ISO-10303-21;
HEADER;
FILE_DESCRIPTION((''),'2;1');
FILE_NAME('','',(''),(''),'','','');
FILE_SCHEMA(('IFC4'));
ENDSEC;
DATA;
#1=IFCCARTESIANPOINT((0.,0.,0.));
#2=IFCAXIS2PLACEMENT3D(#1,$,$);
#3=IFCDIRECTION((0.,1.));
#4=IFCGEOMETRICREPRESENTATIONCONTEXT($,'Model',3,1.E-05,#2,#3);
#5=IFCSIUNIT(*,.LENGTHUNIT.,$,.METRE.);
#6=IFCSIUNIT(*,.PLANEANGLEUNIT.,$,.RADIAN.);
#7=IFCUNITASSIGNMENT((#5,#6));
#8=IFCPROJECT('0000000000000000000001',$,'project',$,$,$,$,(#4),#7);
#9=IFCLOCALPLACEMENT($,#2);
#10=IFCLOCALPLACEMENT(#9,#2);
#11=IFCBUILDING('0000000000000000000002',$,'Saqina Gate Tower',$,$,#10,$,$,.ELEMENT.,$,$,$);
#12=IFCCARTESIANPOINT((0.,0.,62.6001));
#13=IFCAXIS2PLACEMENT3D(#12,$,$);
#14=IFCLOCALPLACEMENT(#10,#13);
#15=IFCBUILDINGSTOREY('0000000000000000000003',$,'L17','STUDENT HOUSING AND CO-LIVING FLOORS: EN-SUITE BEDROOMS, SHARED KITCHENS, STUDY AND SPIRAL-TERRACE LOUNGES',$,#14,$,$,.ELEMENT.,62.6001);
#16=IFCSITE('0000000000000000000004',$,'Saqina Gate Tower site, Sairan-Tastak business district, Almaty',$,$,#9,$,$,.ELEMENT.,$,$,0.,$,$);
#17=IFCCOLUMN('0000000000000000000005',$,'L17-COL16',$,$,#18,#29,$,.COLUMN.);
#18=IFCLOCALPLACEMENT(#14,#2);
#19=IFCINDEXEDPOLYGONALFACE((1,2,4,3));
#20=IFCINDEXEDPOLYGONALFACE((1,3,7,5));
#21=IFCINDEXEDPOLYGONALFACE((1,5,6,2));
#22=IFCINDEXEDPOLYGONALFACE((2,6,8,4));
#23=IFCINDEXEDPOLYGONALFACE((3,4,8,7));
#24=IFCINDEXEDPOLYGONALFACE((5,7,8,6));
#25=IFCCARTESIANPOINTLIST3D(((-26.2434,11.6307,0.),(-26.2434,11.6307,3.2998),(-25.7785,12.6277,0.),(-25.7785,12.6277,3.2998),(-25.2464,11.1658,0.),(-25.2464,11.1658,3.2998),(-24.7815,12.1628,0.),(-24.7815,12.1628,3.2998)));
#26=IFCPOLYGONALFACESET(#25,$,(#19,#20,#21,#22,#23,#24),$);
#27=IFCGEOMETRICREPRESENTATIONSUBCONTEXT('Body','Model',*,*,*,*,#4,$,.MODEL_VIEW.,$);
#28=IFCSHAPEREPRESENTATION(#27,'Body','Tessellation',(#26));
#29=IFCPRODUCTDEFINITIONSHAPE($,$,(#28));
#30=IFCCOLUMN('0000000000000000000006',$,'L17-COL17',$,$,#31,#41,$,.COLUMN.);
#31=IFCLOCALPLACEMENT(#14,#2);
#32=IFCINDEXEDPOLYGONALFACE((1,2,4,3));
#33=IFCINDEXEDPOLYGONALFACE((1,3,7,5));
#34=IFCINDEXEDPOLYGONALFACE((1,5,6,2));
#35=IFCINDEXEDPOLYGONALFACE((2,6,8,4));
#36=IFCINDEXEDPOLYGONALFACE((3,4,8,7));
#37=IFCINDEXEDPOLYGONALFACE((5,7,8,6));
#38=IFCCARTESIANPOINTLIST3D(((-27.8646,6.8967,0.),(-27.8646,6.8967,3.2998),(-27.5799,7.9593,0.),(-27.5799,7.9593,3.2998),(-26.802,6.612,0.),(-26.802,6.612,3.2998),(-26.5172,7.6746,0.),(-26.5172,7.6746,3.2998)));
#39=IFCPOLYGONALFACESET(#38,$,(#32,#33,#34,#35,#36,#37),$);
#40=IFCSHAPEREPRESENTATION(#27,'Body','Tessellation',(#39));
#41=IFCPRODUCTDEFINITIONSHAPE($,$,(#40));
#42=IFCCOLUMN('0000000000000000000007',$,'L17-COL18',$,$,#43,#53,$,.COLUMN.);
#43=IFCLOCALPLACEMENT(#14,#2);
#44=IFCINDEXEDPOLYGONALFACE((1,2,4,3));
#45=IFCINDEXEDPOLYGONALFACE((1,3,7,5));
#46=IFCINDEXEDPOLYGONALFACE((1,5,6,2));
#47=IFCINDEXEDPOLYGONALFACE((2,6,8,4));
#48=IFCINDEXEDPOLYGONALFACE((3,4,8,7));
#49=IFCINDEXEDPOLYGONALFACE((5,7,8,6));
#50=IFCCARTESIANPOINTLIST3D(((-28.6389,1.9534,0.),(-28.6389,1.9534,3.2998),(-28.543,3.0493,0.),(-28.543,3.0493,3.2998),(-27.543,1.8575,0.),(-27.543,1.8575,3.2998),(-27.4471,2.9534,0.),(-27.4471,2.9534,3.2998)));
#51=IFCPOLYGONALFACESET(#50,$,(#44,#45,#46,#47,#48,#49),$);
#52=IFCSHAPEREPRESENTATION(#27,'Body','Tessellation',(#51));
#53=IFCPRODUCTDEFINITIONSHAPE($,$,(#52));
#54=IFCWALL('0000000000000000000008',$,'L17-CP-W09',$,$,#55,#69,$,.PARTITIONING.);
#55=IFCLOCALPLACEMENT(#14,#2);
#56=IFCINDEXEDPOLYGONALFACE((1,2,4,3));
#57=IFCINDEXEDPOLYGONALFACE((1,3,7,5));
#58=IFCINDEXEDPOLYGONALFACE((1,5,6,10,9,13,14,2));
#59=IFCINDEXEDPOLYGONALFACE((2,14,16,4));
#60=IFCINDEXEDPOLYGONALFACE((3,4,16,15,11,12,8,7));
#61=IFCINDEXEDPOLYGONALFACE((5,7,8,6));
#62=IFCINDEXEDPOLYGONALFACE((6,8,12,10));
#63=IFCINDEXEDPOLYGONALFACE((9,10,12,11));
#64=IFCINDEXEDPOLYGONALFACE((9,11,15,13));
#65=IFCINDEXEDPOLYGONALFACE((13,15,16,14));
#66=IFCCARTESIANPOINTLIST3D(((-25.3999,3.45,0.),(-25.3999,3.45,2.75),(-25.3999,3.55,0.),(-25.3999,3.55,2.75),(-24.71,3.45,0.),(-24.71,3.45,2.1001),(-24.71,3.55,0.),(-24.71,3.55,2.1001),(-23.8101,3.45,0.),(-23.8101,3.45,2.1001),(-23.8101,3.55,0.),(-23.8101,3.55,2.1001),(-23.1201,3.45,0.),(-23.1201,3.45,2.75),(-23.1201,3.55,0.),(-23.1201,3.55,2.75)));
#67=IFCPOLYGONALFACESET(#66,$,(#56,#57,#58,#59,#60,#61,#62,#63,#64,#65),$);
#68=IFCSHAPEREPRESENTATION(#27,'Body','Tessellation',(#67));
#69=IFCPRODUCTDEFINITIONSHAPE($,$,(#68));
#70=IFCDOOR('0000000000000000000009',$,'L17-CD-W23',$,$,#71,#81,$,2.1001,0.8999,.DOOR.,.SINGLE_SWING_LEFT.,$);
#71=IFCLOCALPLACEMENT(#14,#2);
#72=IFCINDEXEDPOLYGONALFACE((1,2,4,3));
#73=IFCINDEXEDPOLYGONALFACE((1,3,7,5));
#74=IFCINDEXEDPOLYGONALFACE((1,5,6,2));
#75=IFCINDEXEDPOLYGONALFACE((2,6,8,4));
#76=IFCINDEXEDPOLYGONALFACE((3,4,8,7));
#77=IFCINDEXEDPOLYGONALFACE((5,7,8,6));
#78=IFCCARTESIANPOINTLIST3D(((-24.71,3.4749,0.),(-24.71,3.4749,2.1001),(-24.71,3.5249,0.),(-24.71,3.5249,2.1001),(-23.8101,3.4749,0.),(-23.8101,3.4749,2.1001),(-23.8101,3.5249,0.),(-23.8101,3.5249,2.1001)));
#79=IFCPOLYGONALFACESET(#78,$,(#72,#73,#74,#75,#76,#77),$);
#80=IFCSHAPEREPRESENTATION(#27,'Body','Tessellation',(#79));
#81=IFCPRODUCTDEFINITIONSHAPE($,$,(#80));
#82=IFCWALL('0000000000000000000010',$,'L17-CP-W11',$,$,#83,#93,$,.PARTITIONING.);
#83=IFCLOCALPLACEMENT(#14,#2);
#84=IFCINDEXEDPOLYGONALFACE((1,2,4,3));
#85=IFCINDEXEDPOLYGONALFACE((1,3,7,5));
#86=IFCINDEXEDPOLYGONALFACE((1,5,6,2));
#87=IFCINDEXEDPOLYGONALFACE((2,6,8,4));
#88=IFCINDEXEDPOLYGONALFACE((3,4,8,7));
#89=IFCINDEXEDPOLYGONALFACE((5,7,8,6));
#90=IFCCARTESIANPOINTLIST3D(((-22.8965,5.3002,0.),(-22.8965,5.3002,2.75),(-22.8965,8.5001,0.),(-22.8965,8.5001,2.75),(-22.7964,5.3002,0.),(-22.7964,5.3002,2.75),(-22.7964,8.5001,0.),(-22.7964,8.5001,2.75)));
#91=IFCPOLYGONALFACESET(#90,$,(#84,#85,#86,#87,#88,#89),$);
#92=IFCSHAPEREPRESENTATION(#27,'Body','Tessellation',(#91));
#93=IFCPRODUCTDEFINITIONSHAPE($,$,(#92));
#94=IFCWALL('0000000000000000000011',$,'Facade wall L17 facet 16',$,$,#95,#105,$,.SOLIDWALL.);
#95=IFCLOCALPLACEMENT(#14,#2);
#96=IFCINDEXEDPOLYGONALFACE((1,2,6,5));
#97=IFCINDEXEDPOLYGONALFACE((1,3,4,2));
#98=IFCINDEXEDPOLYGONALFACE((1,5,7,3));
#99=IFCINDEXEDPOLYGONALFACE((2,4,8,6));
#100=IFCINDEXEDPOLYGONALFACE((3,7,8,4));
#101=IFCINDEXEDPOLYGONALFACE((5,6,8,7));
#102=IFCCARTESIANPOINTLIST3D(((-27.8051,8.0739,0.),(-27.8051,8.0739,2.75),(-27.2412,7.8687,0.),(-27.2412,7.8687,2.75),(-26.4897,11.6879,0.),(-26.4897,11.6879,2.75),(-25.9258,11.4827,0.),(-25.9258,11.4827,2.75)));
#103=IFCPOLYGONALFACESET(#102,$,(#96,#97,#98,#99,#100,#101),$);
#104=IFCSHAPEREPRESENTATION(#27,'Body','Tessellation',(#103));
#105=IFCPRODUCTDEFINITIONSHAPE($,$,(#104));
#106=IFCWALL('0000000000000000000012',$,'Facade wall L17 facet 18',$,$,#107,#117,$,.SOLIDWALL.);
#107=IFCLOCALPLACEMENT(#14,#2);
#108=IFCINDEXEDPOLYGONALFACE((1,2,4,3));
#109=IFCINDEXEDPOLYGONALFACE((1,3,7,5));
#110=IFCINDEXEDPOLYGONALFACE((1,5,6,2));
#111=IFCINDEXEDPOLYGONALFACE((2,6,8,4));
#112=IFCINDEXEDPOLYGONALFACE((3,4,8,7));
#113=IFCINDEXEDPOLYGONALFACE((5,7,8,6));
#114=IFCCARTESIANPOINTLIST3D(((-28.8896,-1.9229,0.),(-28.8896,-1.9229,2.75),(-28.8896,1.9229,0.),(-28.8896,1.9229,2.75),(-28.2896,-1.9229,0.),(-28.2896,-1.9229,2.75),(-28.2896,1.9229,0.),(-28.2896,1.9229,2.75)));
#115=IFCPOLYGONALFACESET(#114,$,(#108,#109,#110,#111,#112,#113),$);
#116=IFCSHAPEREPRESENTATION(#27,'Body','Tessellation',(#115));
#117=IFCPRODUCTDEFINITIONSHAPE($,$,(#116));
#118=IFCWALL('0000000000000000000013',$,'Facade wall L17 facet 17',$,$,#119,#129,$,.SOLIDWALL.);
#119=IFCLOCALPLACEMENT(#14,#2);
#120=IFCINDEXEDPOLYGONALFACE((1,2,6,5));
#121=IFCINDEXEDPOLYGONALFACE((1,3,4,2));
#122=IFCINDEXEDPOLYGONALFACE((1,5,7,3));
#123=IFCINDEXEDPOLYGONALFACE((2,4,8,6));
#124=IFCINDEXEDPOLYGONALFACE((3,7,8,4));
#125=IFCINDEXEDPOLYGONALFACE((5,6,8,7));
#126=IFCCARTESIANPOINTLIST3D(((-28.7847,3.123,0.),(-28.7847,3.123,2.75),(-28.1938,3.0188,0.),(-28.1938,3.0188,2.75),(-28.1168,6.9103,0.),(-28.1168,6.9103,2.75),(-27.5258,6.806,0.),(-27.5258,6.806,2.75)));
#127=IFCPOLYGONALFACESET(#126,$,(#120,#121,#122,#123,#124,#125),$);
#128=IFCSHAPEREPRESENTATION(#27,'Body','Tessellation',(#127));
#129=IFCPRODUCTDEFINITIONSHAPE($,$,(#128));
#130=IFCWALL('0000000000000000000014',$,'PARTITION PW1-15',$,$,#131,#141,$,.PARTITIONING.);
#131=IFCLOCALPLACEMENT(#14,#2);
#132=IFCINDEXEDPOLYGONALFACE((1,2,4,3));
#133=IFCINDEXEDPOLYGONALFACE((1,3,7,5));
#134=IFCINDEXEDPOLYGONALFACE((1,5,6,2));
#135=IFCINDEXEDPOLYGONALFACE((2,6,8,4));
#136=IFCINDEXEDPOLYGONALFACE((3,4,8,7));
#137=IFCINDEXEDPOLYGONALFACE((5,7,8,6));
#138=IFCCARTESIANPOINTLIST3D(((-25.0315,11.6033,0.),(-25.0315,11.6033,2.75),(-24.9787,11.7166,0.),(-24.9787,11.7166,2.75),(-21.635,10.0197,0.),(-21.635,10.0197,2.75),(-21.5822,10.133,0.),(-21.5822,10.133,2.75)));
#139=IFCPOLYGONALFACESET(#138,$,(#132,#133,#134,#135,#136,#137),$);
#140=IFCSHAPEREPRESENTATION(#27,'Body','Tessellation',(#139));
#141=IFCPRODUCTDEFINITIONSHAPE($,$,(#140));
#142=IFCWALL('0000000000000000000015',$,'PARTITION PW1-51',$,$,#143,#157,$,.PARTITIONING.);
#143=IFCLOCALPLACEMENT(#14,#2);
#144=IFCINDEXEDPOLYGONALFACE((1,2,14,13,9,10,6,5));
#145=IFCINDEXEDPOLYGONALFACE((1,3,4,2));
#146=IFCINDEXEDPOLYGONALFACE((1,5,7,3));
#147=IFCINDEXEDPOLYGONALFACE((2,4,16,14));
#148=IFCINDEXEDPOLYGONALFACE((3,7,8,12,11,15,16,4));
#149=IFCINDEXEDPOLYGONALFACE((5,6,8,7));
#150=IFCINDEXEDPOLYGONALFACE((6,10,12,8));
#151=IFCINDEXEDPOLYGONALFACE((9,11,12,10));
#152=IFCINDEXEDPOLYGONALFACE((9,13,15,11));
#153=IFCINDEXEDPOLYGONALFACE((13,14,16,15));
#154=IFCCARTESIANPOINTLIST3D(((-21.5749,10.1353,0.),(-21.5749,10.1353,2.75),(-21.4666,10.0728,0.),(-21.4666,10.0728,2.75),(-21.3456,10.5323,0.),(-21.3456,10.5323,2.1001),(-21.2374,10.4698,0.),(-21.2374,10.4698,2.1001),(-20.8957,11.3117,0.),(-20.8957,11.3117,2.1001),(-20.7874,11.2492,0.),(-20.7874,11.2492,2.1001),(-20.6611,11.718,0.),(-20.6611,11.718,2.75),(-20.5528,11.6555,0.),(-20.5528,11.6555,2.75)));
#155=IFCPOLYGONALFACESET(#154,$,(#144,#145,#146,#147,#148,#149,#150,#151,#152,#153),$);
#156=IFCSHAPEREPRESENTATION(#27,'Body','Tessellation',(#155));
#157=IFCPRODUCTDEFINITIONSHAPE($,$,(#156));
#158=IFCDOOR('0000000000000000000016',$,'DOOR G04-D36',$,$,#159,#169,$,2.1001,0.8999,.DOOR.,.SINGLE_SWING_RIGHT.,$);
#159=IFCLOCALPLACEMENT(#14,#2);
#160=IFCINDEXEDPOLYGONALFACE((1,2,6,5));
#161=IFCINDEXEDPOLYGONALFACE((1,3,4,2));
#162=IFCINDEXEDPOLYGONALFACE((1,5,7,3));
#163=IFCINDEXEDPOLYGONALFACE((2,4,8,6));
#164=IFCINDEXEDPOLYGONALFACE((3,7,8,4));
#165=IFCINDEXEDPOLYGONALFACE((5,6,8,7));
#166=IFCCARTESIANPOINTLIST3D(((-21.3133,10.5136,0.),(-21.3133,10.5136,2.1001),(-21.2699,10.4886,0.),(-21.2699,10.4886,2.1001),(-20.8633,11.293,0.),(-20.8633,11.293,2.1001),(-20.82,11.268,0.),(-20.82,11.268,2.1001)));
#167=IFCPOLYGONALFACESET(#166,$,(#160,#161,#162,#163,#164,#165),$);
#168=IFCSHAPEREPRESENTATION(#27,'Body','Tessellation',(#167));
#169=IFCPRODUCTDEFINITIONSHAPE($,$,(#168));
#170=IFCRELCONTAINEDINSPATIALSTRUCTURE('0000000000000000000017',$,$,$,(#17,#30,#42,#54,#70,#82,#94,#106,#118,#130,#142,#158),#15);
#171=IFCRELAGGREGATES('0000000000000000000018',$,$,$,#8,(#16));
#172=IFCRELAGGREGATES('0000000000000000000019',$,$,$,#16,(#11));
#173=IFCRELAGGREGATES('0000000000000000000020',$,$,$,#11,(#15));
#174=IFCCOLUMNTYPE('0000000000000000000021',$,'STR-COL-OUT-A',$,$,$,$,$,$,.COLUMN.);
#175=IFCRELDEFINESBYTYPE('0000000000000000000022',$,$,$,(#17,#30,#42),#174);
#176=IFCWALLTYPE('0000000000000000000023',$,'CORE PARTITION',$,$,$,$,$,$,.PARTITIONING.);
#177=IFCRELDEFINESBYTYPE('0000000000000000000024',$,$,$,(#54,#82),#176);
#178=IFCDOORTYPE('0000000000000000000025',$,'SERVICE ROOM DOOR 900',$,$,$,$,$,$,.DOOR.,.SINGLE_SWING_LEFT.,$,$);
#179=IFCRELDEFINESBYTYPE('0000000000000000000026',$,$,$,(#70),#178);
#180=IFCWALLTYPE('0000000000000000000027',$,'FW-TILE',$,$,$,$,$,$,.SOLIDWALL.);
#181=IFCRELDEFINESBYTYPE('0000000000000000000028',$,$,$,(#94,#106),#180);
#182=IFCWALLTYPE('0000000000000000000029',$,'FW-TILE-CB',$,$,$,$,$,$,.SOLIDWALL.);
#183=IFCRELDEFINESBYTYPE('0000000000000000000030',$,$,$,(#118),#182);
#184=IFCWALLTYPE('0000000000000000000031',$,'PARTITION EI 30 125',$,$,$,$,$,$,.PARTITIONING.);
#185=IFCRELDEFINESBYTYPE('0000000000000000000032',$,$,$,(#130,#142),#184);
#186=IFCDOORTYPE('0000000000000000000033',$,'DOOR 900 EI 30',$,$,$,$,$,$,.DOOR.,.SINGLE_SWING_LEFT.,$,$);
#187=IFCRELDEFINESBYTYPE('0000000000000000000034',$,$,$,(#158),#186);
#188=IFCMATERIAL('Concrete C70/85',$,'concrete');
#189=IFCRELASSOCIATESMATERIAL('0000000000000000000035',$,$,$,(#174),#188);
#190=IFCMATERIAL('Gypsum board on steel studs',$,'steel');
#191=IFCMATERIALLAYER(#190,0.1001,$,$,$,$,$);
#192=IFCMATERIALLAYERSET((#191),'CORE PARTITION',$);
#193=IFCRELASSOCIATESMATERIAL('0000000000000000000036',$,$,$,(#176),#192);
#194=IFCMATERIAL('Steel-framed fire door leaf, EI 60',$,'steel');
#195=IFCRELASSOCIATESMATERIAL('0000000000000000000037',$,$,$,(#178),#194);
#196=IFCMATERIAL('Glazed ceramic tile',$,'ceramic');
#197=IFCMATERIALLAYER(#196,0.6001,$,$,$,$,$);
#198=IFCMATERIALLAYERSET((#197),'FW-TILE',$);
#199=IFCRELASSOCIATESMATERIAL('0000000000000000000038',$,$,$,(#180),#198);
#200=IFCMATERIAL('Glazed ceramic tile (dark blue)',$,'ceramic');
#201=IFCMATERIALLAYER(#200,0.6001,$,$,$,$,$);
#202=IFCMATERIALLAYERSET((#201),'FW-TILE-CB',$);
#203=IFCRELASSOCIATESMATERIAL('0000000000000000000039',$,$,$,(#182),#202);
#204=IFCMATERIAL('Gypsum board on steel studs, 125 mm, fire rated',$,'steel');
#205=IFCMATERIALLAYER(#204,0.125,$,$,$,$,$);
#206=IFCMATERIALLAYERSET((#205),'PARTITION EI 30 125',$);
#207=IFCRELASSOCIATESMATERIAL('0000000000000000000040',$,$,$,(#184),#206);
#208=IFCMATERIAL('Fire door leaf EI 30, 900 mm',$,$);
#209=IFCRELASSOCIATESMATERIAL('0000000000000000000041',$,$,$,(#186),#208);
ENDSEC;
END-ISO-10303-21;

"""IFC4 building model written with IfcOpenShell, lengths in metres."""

from ifc_helpers import new_model, si_unit, direction, frame, frame_2d, origin, origin_2d, place, context, subcontext, project, spatial, rectangle, extrude, material, layer, layer_set, material_profile, profile_set, type_object, element, fill, save


model = new_model("IFC4")

# Units and contexts
model_context = context("Model", 3, precision=1e-05, world=origin(), true_north=direction((0.0, 1.0)))
body_context = subcontext(model_context, "Body", "Model", "MODEL_VIEW")
ifc_project = project(units=[si_unit("LENGTHUNIT", "METRE"), si_unit("PLANEANGLEUNIT", "RADIAN")], contexts=[model_context])

# Site, building, storey
site_placement = place(None, origin())
site = spatial("IfcSite", under=ifc_project, at=site_placement, Name="Saqina Gate Tower site, Sairan-Tastak business district, Almaty", CompositionType="ELEMENT", RefElevation=0.0)
building_placement = place(site_placement, origin())
building = spatial("IfcBuilding", under=site, at=building_placement, Name="Saqina Gate Tower", CompositionType="ELEMENT")
storey_placement = place(building_placement, frame((0.0, 0.0, 62.6001)))
storey = spatial("IfcBuildingStorey", under=building, at=storey_placement, Name="L17", Description="STUDENT HOUSING AND CO-LIVING FLOORS: EN-SUITE BEDROOMS, SHARED KITCHENS, STUDY AND SPIRAL-TERRACE LOUNGES", CompositionType="ELEMENT", Elevation=62.6001)

# Columns
ifc_material_1 = material(Name="Concrete C70/85", Category="concrete")
ifc_material_profile = material_profile(ifc_material_1, rectangle(XDim=1.1001, YDim=1.1001, at=origin_2d()), Name="RC 1100x1100")
ifc_profile_set = profile_set([ifc_material_profile], Name="Concrete C70/85")
column_type = type_object("IfcColumnType", Name="STR-COL-OUT-A", PredefinedType="COLUMN", material=ifc_profile_set)
for number, where, z_axis, x_axis, name in (
    (1, (-25.5125, 11.8967, 0.0), (0.0, 0.0, 1.0), (-0.906308, 0.422618, 0.0), "L17-COL16"),
    (2, (-27.1909, 7.2856, 0.0), (0.0, 0.0, 1.0), (-0.965926, 0.258819, 0.0), "L17-COL17"),
    (3, (-28.043, 2.4534, 0.0), (0.0, 0.0, 1.0), (-0.996195, 0.087156, 0.0), "L17-COL18"),
):
    element("IfcColumn", number, at=place(storey_placement, frame(where, z_axis=z_axis, x_axis=x_axis)), inside=storey, type_object=column_type, Name=name, PredefinedType="COLUMN", context=body_context, shape_type="SweptSolid", body=[
        extrude(rectangle(XDim=1.1001, YDim=1.1001, at=origin_2d()), origin(), (0.0, 0.0, 1.0), 3.2998),
    ])

# Wall, opening, door
ifc_material_2 = material(Name="Gypsum board on steel studs", Category="steel")
ifc_layer_1 = layer(ifc_material_2, 0.1001)
ifc_layer_set_1 = layer_set([ifc_layer_1], Name="CORE PARTITION")
wall_type_1 = type_object("IfcWallType", Name="CORE PARTITION", PredefinedType="PARTITIONING", material=ifc_layer_set_1)
wall_1_placement = place(storey_placement, frame((-23.1201, 3.5, 0.0), z_axis=(0.0, 0.0, 1.0), x_axis=(-1.0, 0.0, 0.0)))
wall_1 = element("IfcWall", 4, at=wall_1_placement, inside=storey, type_object=wall_type_1, Name="L17-CP-W09", PredefinedType="PARTITIONING", context=body_context, shape_type="SweptSolid", body=[
    extrude(rectangle(XDim=2.2798, YDim=0.1001, at=frame_2d((1.1399, 0.0))), origin(), (0.0, 0.0, 1.0), 2.75),
])
opening_1_placement = place(wall_1_placement, frame((0.6899, 0.0, 0.0)))
opening_1 = element("IfcOpeningElement", 5, at=opening_1_placement, cuts=wall_1, PredefinedType="OPENING", context=body_context, shape_type="SweptSolid", body=[
    extrude(rectangle(XDim=0.8999, YDim=2.1001, at=frame_2d((0.45, 1.05))), frame((0.0, 0.062, 0.0), z_axis=(0.0, -1.0, 0.0), x_axis=(1.0, 0.0, 0.0)), (0.0, 0.0, 1.0), 0.124),
])
ifc_material_3 = material(Name="Steel-framed fire door leaf, EI 60", Category="steel")
door_type_1 = type_object("IfcDoorType", Name="SERVICE ROOM DOOR 900", OperationType="SINGLE_SWING_LEFT", PredefinedType="DOOR", material=ifc_material_3)
door_1_placement = place(opening_1_placement, frame((0.8999, 0.0, 0.0), z_axis=(0.0, 0.0, 1.0), x_axis=(-1.0, 0.0, 0.0)))
door_1 = element("IfcDoor", 6, at=door_1_placement, inside=storey, type_object=door_type_1, Name="L17-CD-W23", OperationType="SINGLE_SWING_LEFT", OverallHeight=2.1001, OverallWidth=0.8999, PredefinedType="DOOR", context=body_context, shape_type="SweptSolid", body=[
    extrude(rectangle(XDim=0.8999, YDim=2.1001, at=frame_2d((0.45, 1.05))), frame((0.0, 0.0249, 0.0), z_axis=(0.0, -1.0, 0.0), x_axis=(1.0, 0.0, 0.0)), (0.0, 0.0, 1.0), 0.05),
])
fill(opening_1, door_1)

# Walls
wall_2_placement = place(storey_placement, frame((-22.8464, 5.3, 0.0), z_axis=(0.0, 0.0, 1.0), x_axis=(0.0, 1.0, 0.0)))
element("IfcWall", 7, at=wall_2_placement, inside=storey, type_object=wall_type_1, Name="L17-CP-W11", PredefinedType="PARTITIONING", context=body_context, shape_type="SweptSolid", body=[
    extrude(rectangle(XDim=3.2, YDim=0.1001, at=frame_2d((1.6001, 0.0))), origin(), (0.0, 0.0, 1.0), 2.75),
])
ifc_material_4 = material(Name="Glazed ceramic tile", Category="ceramic")
ifc_layer_2 = layer(ifc_material_4, 0.6001)
ifc_layer_set_2 = layer_set([ifc_layer_2], Name="FW-TILE")
wall_type_2 = type_object("IfcWallType", Name="FW-TILE", PredefinedType="SOLIDWALL", material=ifc_layer_set_2)
wall_3_placement = place(storey_placement, frame((-26.2078, 11.5852, 0.0), z_axis=(0.0, 0.0, 1.0), x_axis=(-0.342028, -0.93969, 0.0)))
element("IfcWall", 8, at=wall_3_placement, inside=storey, type_object=wall_type_2, Name="Facade wall L17 facet 16", PredefinedType="SOLIDWALL", context=body_context, shape_type="SweptSolid", body=[
    extrude(rectangle(XDim=3.8459, YDim=0.6001, at=frame_2d((1.9229, 0.0))), origin(), (0.0, 0.0, 1.0), 2.75),
])
wall_4_placement = place(storey_placement, frame((-28.5896, 1.9229, 0.0), z_axis=(0.0, 0.0, 1.0), x_axis=(0.0, -1.0, 0.0)))
element("IfcWall", 9, at=wall_4_placement, inside=storey, type_object=wall_type_2, Name="Facade wall L17 facet 18", PredefinedType="SOLIDWALL", context=body_context, shape_type="SweptSolid", body=[
    extrude(rectangle(XDim=3.8457, YDim=0.6001, at=frame_2d((1.9229, 0.0))), origin(), (0.0, 0.0, 1.0), 2.75),
])
ifc_material_5 = material(Name="Glazed ceramic tile (dark blue)", Category="ceramic")
ifc_layer_3 = layer(ifc_material_5, 0.6001)
ifc_layer_set_3 = layer_set([ifc_layer_3], Name="FW-TILE-CB")
wall_type_3 = type_object("IfcWallType", Name="FW-TILE-CB", PredefinedType="SOLIDWALL", material=ifc_layer_set_3)
wall_5_placement = place(storey_placement, frame((-27.8213, 6.8582, 0.0), z_axis=(0.0, 0.0, 1.0), x_axis=(-0.173688, -0.984801, 0.0)))
element("IfcWall", 10, at=wall_5_placement, inside=storey, type_object=wall_type_3, Name="Facade wall L17 facet 17", PredefinedType="SOLIDWALL", context=body_context, shape_type="SweptSolid", body=[
    extrude(rectangle(XDim=3.8457, YDim=0.6001, at=frame_2d((1.9229, 0.0))), origin(), (0.0, 0.0, 1.0), 2.75),
])
ifc_material_6 = material(Name="Gypsum board on steel studs, 125 mm, fire rated", Category="steel")
ifc_layer_4 = layer(ifc_material_6, 0.125)
ifc_layer_set_4 = layer_set([ifc_layer_4], Name="PARTITION EI 30 125")
wall_type_4 = type_object("IfcWallType", Name="PARTITION EI 30 125", PredefinedType="PARTITIONING", material=ifc_layer_set_4)
wall_6_placement = place(storey_placement, frame((-25.0051, 11.6599, 0.0), z_axis=(0.0, 0.0, 1.0), x_axis=(0.90634, -0.42255, 0.0)))
element("IfcWall", 11, at=wall_6_placement, inside=storey, type_object=wall_type_4, Name="PARTITION PW1-15", PredefinedType="PARTITIONING", context=body_context, shape_type="SweptSolid", body=[
    extrude(rectangle(XDim=3.7476, YDim=0.125, at=frame_2d((1.8738, 0.0))), origin(), (0.0, 0.0, 1.0), 2.75),
])

# Wall, opening, door
wall_7_placement = place(storey_placement, frame((-21.5208, 10.104, 0.0), z_axis=(0.0, 0.0, 1.0), x_axis=(0.500004, 0.866023, 0.0)))
wall_7 = element("IfcWall", 12, at=wall_7_placement, inside=storey, type_object=wall_type_4, Name="PARTITION PW1-51", PredefinedType="PARTITIONING", context=body_context, shape_type="SweptSolid", body=[
    extrude(rectangle(XDim=1.8276, YDim=0.125, at=frame_2d((0.9138, 0.0))), origin(), (0.0, 0.0, 1.0), 2.75),
])
opening_2_placement = place(wall_7_placement, frame((0.4585, 0.0, 0.0)))
opening_2 = element("IfcOpeningElement", 13, at=opening_2_placement, cuts=wall_7, PredefinedType="OPENING", context=body_context, shape_type="SweptSolid", body=[
    extrude(rectangle(XDim=0.8999, YDim=2.1001, at=frame_2d((0.45, 1.05))), frame((0.0, 0.0745, 0.0), z_axis=(0.0, -1.0, 0.0), x_axis=(1.0, 0.0, 0.0)), (0.0, 0.0, 1.0), 0.1489),
])
ifc_material_7 = material(Name="Fire door leaf EI 30, 900 mm")
door_type_2 = type_object("IfcDoorType", Name="DOOR 900 EI 30", OperationType="SINGLE_SWING_LEFT", PredefinedType="DOOR", material=ifc_material_7)
door_2_placement = place(opening_2_placement, frame((0.8999, 0.0, 0.0), z_axis=(0.0, 0.0, 1.0), x_axis=(-1.0, 0.0, 0.0)))
door_2 = element("IfcDoor", 14, at=door_2_placement, inside=storey, type_object=door_type_2, Name="DOOR G04-D36", OperationType="SINGLE_SWING_RIGHT", OverallHeight=2.1001, OverallWidth=0.8999, PredefinedType="DOOR", context=body_context, shape_type="SweptSolid", body=[
    extrude(rectangle(XDim=0.8999, YDim=2.1001, at=frame_2d((0.45, 1.05))), frame((0.0, 0.0249, 0.0), z_axis=(0.0, -1.0, 0.0), x_axis=(1.0, 0.0, 0.0)), (0.0, 0.0, 1.0), 0.05),
])
fill(opening_2, door_2)

save(model, "model.ifc")
